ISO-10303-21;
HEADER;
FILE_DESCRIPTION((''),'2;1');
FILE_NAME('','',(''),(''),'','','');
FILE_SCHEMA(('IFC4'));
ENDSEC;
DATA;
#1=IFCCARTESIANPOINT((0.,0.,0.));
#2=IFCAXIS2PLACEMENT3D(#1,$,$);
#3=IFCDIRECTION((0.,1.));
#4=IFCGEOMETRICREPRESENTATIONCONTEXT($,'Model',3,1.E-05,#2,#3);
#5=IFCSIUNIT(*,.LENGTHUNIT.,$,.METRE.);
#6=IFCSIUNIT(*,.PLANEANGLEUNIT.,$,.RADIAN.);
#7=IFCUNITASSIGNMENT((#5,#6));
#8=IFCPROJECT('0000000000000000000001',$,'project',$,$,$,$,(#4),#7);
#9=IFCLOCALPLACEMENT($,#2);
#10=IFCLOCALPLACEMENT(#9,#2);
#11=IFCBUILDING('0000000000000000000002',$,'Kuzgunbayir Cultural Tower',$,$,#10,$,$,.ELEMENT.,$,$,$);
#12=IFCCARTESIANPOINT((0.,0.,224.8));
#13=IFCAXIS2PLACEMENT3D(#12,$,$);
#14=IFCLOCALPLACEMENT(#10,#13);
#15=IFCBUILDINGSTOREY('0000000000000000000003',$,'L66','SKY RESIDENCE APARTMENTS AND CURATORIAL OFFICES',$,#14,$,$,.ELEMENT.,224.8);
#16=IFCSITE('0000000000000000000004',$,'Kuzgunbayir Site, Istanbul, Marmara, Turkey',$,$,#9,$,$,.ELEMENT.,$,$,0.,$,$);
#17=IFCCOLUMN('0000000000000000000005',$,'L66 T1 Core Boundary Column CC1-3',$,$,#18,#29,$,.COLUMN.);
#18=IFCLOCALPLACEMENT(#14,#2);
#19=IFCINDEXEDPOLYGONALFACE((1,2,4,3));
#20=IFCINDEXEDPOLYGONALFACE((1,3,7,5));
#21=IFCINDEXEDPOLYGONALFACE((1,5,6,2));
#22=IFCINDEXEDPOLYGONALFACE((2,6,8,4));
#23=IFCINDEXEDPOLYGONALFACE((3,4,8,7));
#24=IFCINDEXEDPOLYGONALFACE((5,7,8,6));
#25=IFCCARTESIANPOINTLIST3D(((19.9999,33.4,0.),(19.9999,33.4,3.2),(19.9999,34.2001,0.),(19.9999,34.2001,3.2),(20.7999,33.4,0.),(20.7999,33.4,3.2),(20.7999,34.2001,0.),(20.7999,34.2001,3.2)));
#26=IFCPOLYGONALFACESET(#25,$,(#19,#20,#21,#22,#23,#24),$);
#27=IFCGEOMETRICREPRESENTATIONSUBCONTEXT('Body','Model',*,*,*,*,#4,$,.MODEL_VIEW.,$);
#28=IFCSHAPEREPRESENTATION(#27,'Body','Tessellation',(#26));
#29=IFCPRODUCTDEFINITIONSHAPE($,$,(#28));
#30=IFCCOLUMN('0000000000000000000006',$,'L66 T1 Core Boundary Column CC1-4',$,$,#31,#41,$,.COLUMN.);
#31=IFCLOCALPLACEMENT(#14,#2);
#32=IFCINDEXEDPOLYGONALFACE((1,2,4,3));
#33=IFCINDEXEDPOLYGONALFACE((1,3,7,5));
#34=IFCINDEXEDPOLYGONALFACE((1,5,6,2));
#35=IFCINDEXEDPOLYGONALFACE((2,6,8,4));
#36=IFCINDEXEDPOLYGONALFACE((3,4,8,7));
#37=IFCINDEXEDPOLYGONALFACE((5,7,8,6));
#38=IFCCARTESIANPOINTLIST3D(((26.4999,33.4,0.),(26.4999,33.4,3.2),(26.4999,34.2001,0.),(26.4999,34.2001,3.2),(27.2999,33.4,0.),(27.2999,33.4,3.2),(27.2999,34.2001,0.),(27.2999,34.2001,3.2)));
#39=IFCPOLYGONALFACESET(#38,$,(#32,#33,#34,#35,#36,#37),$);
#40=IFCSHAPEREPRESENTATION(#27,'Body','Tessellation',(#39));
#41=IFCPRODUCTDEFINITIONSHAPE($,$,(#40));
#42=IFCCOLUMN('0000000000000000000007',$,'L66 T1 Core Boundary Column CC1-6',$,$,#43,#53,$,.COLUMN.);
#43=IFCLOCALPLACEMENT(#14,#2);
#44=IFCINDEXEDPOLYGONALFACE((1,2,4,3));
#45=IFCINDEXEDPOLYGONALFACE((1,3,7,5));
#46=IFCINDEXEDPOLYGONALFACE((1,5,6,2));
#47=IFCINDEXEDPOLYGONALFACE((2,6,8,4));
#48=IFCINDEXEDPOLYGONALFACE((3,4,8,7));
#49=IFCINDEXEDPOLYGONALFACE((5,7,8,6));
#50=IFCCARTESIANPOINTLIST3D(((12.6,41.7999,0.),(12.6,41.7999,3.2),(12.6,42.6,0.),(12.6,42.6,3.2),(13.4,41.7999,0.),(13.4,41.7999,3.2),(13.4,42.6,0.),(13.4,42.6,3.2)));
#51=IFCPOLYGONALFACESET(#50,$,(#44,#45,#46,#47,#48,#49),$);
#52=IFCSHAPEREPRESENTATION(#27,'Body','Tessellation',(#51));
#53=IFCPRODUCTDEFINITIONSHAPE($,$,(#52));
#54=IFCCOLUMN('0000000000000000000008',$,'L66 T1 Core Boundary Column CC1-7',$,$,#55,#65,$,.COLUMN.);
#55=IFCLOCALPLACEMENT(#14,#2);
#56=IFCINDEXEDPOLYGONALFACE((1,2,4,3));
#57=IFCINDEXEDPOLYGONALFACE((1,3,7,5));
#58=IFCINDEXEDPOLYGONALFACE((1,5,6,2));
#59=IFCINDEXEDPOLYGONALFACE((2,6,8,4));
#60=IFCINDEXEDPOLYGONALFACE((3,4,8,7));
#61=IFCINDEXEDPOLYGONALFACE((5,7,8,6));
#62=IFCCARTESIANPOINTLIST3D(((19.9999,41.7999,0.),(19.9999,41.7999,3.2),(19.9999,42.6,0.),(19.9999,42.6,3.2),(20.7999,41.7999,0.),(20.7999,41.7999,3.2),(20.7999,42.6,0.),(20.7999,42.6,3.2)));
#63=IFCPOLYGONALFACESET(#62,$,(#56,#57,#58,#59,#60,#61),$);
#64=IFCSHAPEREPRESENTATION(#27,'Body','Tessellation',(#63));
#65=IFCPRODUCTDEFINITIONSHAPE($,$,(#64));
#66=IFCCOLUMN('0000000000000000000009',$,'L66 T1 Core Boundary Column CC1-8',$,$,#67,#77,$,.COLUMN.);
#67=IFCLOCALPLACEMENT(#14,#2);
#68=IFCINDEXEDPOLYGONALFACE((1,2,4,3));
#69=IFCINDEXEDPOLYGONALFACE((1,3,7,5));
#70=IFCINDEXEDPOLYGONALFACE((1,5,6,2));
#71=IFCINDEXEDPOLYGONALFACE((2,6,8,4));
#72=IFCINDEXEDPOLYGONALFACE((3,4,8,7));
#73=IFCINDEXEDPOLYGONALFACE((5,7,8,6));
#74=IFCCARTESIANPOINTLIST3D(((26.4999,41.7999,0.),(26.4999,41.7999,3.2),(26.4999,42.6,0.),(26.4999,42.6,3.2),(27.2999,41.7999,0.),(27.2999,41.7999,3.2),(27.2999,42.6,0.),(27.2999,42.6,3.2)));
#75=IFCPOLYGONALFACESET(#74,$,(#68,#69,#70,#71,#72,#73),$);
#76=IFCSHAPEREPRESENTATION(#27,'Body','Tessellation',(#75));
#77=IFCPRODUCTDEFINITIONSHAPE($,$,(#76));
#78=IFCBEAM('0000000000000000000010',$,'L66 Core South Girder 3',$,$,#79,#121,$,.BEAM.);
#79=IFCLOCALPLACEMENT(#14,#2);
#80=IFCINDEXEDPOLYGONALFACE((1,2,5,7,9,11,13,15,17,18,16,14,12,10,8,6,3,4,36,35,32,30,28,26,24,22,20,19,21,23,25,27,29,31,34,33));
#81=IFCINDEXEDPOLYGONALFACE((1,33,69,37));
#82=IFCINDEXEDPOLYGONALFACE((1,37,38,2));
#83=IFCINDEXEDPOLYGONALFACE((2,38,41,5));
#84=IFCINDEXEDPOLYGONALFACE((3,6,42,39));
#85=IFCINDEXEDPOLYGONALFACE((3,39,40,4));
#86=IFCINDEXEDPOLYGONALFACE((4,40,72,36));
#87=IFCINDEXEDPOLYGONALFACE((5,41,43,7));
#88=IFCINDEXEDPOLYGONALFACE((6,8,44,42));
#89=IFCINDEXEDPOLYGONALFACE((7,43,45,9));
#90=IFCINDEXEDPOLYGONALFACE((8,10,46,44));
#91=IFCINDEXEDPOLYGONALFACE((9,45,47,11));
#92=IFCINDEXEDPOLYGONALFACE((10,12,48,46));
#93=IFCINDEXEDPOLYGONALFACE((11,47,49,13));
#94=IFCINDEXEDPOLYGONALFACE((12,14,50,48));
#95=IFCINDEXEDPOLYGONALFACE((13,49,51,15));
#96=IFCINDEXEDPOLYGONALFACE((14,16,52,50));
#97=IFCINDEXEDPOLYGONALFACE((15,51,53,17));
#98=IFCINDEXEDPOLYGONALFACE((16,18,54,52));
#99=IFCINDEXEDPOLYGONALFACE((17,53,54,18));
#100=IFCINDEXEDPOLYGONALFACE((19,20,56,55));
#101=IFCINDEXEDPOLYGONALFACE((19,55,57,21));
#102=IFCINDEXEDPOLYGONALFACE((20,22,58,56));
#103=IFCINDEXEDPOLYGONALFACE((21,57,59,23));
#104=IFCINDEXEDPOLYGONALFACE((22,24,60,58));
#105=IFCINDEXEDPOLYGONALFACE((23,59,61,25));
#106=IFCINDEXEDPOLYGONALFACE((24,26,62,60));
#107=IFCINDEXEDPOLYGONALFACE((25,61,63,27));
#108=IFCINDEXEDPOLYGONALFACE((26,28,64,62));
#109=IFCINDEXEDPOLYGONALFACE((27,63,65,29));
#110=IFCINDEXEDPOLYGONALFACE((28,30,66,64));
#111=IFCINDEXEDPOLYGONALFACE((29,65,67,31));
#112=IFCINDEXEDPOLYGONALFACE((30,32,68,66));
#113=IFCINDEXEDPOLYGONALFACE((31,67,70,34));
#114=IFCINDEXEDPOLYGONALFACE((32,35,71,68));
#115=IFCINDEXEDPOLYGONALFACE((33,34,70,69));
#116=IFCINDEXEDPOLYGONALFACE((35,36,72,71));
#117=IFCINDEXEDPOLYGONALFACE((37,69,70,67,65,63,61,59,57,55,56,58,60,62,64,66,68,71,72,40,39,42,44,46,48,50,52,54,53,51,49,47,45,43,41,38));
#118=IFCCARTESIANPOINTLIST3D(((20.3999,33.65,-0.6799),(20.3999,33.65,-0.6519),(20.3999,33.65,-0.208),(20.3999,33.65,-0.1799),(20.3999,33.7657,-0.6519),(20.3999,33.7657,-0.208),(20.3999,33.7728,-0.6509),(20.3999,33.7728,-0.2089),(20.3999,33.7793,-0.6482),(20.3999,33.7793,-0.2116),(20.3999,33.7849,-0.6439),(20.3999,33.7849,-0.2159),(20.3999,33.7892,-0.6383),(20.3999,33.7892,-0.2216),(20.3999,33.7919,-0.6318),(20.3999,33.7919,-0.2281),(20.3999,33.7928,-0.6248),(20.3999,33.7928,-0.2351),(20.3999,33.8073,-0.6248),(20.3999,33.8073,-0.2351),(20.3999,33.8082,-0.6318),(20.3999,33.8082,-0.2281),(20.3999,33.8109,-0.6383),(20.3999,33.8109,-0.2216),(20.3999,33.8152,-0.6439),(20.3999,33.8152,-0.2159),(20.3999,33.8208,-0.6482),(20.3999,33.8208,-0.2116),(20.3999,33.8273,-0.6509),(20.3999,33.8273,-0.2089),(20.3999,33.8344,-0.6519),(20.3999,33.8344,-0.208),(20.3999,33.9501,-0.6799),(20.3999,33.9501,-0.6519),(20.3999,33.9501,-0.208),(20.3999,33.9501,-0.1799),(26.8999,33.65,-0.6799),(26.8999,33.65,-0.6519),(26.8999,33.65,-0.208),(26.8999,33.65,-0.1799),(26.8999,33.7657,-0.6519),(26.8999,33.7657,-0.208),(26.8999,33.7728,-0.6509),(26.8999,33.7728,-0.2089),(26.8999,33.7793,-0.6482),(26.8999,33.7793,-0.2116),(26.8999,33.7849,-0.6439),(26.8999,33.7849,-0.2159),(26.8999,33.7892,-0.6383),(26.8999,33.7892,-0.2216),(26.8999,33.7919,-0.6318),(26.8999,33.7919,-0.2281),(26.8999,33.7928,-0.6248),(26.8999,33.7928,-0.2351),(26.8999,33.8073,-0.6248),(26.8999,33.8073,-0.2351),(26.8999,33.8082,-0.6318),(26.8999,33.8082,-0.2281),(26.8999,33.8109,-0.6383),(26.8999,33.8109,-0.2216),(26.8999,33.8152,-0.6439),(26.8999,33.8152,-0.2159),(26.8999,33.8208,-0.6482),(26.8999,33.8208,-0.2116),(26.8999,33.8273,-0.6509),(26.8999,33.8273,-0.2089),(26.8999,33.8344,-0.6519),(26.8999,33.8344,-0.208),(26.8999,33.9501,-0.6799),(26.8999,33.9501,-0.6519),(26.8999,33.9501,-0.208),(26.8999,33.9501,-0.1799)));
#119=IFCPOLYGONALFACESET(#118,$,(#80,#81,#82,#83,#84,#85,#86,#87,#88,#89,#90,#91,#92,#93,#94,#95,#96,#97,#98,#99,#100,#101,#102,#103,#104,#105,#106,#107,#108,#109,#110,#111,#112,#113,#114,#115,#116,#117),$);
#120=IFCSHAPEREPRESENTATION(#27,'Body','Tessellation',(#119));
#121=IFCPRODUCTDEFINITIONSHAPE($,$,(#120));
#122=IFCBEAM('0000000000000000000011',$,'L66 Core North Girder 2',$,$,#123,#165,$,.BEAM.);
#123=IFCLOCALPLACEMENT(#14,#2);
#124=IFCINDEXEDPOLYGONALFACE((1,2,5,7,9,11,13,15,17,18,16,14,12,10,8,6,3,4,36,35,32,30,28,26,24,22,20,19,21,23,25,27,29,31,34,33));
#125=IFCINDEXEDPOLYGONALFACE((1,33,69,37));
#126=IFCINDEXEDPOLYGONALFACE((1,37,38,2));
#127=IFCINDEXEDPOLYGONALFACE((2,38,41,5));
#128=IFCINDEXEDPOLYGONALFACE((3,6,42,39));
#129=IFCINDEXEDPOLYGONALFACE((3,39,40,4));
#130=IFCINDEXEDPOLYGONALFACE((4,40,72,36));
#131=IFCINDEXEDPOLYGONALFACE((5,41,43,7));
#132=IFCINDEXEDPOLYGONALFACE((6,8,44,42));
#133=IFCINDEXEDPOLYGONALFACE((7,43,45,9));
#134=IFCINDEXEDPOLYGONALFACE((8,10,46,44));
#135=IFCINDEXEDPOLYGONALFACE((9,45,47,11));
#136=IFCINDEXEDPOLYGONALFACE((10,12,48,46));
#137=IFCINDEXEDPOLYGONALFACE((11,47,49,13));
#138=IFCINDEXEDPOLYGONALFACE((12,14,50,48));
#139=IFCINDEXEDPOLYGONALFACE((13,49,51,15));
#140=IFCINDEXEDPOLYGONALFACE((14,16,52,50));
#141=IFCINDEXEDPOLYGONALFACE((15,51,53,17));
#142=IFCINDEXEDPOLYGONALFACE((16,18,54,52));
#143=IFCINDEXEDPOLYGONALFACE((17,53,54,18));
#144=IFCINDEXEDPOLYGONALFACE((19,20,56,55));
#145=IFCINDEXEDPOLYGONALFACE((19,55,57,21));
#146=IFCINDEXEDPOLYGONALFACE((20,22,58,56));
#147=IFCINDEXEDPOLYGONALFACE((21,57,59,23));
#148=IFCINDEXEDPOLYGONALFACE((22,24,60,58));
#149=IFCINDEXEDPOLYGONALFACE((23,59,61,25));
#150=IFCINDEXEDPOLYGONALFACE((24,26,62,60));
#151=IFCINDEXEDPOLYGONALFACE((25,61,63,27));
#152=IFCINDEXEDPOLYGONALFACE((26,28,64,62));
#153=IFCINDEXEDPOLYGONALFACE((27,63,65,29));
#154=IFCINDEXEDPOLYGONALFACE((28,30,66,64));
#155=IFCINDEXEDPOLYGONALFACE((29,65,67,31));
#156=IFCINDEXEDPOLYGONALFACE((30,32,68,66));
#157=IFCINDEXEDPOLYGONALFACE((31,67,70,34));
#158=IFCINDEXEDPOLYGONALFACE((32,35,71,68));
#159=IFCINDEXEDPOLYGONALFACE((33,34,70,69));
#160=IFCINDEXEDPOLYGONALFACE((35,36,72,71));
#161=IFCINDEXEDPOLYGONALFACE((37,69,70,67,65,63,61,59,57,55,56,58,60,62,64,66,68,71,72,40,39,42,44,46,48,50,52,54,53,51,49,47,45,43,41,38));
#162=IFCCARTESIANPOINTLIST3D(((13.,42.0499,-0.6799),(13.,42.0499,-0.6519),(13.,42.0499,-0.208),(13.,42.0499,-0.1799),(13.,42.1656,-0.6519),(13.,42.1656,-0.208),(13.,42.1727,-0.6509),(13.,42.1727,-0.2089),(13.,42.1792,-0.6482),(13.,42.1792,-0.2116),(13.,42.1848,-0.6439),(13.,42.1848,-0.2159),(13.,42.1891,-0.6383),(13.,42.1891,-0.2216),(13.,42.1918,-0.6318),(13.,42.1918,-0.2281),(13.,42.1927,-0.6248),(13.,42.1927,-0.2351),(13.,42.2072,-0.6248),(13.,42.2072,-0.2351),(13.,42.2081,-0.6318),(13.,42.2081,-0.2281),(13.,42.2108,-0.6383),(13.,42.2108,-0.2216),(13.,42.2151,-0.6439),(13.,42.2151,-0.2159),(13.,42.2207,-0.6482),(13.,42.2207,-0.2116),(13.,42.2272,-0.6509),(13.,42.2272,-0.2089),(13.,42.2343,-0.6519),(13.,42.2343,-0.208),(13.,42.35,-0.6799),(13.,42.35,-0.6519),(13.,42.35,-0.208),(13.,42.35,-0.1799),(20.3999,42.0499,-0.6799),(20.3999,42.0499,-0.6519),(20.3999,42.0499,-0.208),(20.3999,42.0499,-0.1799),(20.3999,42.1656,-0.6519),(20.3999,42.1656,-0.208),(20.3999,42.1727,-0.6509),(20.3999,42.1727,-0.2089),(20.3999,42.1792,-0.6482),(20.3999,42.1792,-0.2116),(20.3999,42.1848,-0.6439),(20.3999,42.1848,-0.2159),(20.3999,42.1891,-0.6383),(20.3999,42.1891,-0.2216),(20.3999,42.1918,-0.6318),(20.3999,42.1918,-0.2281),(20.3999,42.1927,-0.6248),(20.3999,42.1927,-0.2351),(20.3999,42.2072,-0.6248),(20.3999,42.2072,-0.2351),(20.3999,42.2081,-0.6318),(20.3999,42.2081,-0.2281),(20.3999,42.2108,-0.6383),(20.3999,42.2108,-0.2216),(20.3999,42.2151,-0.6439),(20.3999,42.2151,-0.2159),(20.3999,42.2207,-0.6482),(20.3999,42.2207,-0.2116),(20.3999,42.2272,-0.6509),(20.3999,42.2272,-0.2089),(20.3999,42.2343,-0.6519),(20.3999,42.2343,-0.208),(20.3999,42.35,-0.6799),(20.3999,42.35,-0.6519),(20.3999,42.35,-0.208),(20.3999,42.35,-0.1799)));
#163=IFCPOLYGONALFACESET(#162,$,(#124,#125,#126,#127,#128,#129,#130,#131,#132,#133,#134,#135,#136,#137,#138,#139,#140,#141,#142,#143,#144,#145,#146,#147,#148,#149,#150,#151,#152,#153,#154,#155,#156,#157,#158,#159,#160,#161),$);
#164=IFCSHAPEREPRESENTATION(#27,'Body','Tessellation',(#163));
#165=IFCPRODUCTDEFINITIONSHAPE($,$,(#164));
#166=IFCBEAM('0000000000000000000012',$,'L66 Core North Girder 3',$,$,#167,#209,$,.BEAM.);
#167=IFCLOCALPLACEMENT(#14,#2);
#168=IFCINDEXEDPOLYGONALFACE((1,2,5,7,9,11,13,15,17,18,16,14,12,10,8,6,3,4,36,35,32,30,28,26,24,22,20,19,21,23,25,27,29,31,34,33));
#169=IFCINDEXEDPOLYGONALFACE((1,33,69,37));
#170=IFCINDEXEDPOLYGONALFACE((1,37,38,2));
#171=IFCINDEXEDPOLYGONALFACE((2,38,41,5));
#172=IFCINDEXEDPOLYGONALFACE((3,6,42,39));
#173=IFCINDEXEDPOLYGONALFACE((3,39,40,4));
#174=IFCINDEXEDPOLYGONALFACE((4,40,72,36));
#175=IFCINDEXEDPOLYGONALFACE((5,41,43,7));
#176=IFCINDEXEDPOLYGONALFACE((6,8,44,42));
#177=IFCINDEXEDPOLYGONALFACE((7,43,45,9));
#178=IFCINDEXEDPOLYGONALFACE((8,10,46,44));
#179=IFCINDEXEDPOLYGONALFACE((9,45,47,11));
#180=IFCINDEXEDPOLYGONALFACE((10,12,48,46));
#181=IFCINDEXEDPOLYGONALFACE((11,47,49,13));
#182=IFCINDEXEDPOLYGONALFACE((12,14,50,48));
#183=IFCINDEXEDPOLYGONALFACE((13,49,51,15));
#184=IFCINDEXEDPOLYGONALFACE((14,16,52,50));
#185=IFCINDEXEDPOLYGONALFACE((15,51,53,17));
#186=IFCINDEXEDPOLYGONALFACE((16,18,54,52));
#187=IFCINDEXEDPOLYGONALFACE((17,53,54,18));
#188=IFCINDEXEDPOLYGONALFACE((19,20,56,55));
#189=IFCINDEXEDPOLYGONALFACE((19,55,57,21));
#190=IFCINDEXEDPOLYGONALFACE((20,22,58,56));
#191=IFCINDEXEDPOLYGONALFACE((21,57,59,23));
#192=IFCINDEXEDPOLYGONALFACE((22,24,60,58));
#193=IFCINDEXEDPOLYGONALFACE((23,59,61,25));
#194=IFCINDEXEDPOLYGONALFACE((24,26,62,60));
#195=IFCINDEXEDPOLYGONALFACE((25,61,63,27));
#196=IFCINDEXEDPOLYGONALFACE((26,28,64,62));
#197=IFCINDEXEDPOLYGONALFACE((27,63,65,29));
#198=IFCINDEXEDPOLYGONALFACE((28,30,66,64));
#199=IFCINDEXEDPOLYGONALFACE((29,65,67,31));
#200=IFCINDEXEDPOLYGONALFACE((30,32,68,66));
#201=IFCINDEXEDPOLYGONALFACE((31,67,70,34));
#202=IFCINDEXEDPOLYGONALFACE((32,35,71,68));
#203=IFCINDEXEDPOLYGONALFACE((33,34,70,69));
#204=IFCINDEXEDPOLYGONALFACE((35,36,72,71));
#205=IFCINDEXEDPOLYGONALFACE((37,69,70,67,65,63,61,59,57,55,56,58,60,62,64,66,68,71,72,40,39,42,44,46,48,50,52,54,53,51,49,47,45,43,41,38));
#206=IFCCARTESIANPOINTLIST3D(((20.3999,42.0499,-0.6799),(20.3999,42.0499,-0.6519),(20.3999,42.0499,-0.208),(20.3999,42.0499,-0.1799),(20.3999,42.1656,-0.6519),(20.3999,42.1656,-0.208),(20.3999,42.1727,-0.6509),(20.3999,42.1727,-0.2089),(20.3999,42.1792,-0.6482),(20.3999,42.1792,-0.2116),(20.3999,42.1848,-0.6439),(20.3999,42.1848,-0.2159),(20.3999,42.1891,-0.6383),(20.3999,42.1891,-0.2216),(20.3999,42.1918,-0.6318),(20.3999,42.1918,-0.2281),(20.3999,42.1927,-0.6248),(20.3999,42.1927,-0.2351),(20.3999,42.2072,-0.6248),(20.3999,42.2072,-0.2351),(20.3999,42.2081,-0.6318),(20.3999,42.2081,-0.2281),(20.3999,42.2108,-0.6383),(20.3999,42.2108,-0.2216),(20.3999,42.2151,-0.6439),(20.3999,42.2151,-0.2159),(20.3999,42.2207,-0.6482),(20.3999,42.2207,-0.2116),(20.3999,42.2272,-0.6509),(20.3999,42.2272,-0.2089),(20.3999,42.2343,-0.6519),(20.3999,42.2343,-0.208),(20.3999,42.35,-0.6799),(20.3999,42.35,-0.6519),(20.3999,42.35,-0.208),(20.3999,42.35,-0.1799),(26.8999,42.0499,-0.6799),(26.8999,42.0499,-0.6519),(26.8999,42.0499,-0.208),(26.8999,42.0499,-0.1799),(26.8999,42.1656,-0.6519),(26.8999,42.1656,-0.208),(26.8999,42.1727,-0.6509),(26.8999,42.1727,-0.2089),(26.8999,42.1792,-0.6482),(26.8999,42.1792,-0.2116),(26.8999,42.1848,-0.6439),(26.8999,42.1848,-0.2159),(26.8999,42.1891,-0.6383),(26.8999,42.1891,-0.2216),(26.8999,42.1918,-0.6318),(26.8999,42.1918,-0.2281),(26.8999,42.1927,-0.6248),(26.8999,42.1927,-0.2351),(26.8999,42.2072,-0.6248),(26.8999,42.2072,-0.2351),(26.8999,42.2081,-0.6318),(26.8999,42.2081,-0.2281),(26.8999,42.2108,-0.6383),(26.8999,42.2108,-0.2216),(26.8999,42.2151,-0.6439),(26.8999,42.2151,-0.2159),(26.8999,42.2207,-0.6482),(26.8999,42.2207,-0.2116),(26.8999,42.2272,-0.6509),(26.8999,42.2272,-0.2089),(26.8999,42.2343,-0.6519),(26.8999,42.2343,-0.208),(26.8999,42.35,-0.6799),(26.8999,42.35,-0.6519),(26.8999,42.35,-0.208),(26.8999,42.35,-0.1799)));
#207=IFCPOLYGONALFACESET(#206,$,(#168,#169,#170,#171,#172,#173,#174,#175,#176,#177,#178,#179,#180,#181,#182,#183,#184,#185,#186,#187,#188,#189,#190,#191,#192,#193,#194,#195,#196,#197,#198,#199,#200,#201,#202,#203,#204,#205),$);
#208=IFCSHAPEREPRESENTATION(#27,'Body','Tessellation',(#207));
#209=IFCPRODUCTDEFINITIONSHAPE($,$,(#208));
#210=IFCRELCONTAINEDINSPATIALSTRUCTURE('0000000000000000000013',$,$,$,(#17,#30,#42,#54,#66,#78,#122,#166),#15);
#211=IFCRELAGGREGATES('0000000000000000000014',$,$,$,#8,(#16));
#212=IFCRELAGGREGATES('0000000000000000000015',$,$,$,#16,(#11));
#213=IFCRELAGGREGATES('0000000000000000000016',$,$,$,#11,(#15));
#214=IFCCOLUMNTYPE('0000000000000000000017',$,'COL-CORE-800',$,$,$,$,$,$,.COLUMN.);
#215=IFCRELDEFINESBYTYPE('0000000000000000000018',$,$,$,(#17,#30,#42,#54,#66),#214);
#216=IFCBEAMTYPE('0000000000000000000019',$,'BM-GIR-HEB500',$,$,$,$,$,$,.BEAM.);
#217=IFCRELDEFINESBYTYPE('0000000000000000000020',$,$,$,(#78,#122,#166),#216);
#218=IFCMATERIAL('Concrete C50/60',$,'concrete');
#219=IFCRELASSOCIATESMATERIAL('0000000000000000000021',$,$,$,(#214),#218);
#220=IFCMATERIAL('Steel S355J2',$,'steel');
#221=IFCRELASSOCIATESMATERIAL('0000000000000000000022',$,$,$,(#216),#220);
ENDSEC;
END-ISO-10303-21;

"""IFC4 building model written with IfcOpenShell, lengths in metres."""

from ifc_helpers import new_model, si_unit, direction, frame, origin, origin_2d, place, context, subcontext, project, spatial, rectangle, i_section, extrude, material, material_profile, profile_set, type_object, element, save


model = new_model("IFC4")

# Units and contexts
model_context = context("Model", 3, precision=1e-05, world=origin(), true_north=direction((0.0, 1.0)))
body_context = subcontext(model_context, "Body", "Model", "MODEL_VIEW")
ifc_project = project(units=[si_unit("LENGTHUNIT", "METRE"), si_unit("PLANEANGLEUNIT", "RADIAN")], contexts=[model_context])

# Site, building, storey
site_placement = place(None, origin())
site = spatial("IfcSite", under=ifc_project, at=site_placement, Name="Kuzgunbayir Site, Istanbul, Marmara, Turkey", CompositionType="ELEMENT", RefElevation=0.0)
building_placement = place(site_placement, origin())
building = spatial("IfcBuilding", under=site, at=building_placement, Name="Kuzgunbayir Cultural Tower", CompositionType="ELEMENT")
storey_placement = place(building_placement, frame((0.0, 0.0, 224.8)))
storey = spatial("IfcBuildingStorey", under=building, at=storey_placement, Name="L66", Description="SKY RESIDENCE APARTMENTS AND CURATORIAL OFFICES", CompositionType="ELEMENT", Elevation=224.8)

# Columns
ifc_material_1 = material(Name="Concrete C50/60", Category="concrete")
ifc_material_profile_1 = material_profile(ifc_material_1, rectangle(XDim=0.8, YDim=0.8, at=origin_2d()), Name="RC 800x800")
ifc_profile_set_1 = profile_set([ifc_material_profile_1], Name="Concrete C50/60")
column_type = type_object("IfcColumnType", Name="COL-CORE-800", PredefinedType="COLUMN", material=ifc_profile_set_1)
for number, where, z_axis, x_axis, name in (
    (1, (20.3999, 33.8, 0.0), (0.0, 0.0, 1.0), (1.0, 0.0, 0.0), "L66 T1 Core Boundary Column CC1-3"),
    (2, (26.8999, 33.8, 0.0), (0.0, 0.0, 1.0), (1.0, 0.0, 0.0), "L66 T1 Core Boundary Column CC1-4"),
    (3, (13.0, 42.2, 0.0), (0.0, 0.0, 1.0), (1.0, 0.0, 0.0), "L66 T1 Core Boundary Column CC1-6"),
    (4, (20.3999, 42.2, 0.0), (0.0, 0.0, 1.0), (1.0, 0.0, 0.0), "L66 T1 Core Boundary Column CC1-7"),
    (5, (26.8999, 42.2, 0.0), (0.0, 0.0, 1.0), (1.0, 0.0, 0.0), "L66 T1 Core Boundary Column CC1-8"),
):
    element("IfcColumn", number, at=place(storey_placement, frame(where, z_axis=z_axis, x_axis=x_axis)), inside=storey, type_object=column_type, Name=name, PredefinedType="COLUMN", context=body_context, shape_type="SweptSolid", body=[
        extrude(rectangle(XDim=0.8, YDim=0.8, at=origin_2d()), origin(), (0.0, 0.0, 1.0), 3.2),
    ])

# Beams
ifc_material_2 = material(Name="Steel S355J2", Category="steel")
ifc_material_profile_2 = material_profile(ifc_material_2, i_section(OverallWidth=0.3, OverallDepth=0.5, WebThickness=0.0144, FlangeThickness=0.0281, FilletRadius=0.0271, at=origin_2d()), Name="HEB 500")
ifc_profile_set_2 = profile_set([ifc_material_profile_2], Name="Steel S355J2")
beam_type = type_object("IfcBeamType", Name="BM-GIR-HEB500", PredefinedType="BEAM", material=ifc_profile_set_2)
beam_1_placement = place(storey_placement, frame((20.3999, 33.8, -0.4299), z_axis=(1.0, 0.0, 0.0), x_axis=(0.0, 1.0, 0.0)))
element("IfcBeam", 6, at=beam_1_placement, inside=storey, type_object=beam_type, Name="L66 Core South Girder 3", PredefinedType="BEAM", context=body_context, shape_type="SweptSolid", body=[
    extrude(i_section(OverallWidth=0.3, OverallDepth=0.5, WebThickness=0.0144, FlangeThickness=0.0281, FilletRadius=0.0271, at=origin_2d()), origin(), (0.0, 0.0, 1.0), 6.5),
])
beam_2_placement = place(storey_placement, frame((13.0, 42.2, -0.4299), z_axis=(1.0, 0.0, 0.0), x_axis=(0.0, 1.0, 0.0)))
element("IfcBeam", 7, at=beam_2_placement, inside=storey, type_object=beam_type, Name="L66 Core North Girder 2", PredefinedType="BEAM", context=body_context, shape_type="SweptSolid", body=[
    extrude(i_section(OverallWidth=0.3, OverallDepth=0.5, WebThickness=0.0144, FlangeThickness=0.0281, FilletRadius=0.0271, at=origin_2d()), origin(), (0.0, 0.0, 1.0), 7.3999),
])
beam_3_placement = place(storey_placement, frame((20.3999, 42.2, -0.4299), z_axis=(1.0, 0.0, 0.0), x_axis=(0.0, 1.0, 0.0)))
element("IfcBeam", 8, at=beam_3_placement, inside=storey, type_object=beam_type, Name="L66 Core North Girder 3", PredefinedType="BEAM", context=body_context, shape_type="SweptSolid", body=[
    extrude(i_section(OverallWidth=0.3, OverallDepth=0.5, WebThickness=0.0144, FlangeThickness=0.0281, FilletRadius=0.0271, at=origin_2d()), origin(), (0.0, 0.0, 1.0), 6.5),
])

save(model, "model.ifc")
